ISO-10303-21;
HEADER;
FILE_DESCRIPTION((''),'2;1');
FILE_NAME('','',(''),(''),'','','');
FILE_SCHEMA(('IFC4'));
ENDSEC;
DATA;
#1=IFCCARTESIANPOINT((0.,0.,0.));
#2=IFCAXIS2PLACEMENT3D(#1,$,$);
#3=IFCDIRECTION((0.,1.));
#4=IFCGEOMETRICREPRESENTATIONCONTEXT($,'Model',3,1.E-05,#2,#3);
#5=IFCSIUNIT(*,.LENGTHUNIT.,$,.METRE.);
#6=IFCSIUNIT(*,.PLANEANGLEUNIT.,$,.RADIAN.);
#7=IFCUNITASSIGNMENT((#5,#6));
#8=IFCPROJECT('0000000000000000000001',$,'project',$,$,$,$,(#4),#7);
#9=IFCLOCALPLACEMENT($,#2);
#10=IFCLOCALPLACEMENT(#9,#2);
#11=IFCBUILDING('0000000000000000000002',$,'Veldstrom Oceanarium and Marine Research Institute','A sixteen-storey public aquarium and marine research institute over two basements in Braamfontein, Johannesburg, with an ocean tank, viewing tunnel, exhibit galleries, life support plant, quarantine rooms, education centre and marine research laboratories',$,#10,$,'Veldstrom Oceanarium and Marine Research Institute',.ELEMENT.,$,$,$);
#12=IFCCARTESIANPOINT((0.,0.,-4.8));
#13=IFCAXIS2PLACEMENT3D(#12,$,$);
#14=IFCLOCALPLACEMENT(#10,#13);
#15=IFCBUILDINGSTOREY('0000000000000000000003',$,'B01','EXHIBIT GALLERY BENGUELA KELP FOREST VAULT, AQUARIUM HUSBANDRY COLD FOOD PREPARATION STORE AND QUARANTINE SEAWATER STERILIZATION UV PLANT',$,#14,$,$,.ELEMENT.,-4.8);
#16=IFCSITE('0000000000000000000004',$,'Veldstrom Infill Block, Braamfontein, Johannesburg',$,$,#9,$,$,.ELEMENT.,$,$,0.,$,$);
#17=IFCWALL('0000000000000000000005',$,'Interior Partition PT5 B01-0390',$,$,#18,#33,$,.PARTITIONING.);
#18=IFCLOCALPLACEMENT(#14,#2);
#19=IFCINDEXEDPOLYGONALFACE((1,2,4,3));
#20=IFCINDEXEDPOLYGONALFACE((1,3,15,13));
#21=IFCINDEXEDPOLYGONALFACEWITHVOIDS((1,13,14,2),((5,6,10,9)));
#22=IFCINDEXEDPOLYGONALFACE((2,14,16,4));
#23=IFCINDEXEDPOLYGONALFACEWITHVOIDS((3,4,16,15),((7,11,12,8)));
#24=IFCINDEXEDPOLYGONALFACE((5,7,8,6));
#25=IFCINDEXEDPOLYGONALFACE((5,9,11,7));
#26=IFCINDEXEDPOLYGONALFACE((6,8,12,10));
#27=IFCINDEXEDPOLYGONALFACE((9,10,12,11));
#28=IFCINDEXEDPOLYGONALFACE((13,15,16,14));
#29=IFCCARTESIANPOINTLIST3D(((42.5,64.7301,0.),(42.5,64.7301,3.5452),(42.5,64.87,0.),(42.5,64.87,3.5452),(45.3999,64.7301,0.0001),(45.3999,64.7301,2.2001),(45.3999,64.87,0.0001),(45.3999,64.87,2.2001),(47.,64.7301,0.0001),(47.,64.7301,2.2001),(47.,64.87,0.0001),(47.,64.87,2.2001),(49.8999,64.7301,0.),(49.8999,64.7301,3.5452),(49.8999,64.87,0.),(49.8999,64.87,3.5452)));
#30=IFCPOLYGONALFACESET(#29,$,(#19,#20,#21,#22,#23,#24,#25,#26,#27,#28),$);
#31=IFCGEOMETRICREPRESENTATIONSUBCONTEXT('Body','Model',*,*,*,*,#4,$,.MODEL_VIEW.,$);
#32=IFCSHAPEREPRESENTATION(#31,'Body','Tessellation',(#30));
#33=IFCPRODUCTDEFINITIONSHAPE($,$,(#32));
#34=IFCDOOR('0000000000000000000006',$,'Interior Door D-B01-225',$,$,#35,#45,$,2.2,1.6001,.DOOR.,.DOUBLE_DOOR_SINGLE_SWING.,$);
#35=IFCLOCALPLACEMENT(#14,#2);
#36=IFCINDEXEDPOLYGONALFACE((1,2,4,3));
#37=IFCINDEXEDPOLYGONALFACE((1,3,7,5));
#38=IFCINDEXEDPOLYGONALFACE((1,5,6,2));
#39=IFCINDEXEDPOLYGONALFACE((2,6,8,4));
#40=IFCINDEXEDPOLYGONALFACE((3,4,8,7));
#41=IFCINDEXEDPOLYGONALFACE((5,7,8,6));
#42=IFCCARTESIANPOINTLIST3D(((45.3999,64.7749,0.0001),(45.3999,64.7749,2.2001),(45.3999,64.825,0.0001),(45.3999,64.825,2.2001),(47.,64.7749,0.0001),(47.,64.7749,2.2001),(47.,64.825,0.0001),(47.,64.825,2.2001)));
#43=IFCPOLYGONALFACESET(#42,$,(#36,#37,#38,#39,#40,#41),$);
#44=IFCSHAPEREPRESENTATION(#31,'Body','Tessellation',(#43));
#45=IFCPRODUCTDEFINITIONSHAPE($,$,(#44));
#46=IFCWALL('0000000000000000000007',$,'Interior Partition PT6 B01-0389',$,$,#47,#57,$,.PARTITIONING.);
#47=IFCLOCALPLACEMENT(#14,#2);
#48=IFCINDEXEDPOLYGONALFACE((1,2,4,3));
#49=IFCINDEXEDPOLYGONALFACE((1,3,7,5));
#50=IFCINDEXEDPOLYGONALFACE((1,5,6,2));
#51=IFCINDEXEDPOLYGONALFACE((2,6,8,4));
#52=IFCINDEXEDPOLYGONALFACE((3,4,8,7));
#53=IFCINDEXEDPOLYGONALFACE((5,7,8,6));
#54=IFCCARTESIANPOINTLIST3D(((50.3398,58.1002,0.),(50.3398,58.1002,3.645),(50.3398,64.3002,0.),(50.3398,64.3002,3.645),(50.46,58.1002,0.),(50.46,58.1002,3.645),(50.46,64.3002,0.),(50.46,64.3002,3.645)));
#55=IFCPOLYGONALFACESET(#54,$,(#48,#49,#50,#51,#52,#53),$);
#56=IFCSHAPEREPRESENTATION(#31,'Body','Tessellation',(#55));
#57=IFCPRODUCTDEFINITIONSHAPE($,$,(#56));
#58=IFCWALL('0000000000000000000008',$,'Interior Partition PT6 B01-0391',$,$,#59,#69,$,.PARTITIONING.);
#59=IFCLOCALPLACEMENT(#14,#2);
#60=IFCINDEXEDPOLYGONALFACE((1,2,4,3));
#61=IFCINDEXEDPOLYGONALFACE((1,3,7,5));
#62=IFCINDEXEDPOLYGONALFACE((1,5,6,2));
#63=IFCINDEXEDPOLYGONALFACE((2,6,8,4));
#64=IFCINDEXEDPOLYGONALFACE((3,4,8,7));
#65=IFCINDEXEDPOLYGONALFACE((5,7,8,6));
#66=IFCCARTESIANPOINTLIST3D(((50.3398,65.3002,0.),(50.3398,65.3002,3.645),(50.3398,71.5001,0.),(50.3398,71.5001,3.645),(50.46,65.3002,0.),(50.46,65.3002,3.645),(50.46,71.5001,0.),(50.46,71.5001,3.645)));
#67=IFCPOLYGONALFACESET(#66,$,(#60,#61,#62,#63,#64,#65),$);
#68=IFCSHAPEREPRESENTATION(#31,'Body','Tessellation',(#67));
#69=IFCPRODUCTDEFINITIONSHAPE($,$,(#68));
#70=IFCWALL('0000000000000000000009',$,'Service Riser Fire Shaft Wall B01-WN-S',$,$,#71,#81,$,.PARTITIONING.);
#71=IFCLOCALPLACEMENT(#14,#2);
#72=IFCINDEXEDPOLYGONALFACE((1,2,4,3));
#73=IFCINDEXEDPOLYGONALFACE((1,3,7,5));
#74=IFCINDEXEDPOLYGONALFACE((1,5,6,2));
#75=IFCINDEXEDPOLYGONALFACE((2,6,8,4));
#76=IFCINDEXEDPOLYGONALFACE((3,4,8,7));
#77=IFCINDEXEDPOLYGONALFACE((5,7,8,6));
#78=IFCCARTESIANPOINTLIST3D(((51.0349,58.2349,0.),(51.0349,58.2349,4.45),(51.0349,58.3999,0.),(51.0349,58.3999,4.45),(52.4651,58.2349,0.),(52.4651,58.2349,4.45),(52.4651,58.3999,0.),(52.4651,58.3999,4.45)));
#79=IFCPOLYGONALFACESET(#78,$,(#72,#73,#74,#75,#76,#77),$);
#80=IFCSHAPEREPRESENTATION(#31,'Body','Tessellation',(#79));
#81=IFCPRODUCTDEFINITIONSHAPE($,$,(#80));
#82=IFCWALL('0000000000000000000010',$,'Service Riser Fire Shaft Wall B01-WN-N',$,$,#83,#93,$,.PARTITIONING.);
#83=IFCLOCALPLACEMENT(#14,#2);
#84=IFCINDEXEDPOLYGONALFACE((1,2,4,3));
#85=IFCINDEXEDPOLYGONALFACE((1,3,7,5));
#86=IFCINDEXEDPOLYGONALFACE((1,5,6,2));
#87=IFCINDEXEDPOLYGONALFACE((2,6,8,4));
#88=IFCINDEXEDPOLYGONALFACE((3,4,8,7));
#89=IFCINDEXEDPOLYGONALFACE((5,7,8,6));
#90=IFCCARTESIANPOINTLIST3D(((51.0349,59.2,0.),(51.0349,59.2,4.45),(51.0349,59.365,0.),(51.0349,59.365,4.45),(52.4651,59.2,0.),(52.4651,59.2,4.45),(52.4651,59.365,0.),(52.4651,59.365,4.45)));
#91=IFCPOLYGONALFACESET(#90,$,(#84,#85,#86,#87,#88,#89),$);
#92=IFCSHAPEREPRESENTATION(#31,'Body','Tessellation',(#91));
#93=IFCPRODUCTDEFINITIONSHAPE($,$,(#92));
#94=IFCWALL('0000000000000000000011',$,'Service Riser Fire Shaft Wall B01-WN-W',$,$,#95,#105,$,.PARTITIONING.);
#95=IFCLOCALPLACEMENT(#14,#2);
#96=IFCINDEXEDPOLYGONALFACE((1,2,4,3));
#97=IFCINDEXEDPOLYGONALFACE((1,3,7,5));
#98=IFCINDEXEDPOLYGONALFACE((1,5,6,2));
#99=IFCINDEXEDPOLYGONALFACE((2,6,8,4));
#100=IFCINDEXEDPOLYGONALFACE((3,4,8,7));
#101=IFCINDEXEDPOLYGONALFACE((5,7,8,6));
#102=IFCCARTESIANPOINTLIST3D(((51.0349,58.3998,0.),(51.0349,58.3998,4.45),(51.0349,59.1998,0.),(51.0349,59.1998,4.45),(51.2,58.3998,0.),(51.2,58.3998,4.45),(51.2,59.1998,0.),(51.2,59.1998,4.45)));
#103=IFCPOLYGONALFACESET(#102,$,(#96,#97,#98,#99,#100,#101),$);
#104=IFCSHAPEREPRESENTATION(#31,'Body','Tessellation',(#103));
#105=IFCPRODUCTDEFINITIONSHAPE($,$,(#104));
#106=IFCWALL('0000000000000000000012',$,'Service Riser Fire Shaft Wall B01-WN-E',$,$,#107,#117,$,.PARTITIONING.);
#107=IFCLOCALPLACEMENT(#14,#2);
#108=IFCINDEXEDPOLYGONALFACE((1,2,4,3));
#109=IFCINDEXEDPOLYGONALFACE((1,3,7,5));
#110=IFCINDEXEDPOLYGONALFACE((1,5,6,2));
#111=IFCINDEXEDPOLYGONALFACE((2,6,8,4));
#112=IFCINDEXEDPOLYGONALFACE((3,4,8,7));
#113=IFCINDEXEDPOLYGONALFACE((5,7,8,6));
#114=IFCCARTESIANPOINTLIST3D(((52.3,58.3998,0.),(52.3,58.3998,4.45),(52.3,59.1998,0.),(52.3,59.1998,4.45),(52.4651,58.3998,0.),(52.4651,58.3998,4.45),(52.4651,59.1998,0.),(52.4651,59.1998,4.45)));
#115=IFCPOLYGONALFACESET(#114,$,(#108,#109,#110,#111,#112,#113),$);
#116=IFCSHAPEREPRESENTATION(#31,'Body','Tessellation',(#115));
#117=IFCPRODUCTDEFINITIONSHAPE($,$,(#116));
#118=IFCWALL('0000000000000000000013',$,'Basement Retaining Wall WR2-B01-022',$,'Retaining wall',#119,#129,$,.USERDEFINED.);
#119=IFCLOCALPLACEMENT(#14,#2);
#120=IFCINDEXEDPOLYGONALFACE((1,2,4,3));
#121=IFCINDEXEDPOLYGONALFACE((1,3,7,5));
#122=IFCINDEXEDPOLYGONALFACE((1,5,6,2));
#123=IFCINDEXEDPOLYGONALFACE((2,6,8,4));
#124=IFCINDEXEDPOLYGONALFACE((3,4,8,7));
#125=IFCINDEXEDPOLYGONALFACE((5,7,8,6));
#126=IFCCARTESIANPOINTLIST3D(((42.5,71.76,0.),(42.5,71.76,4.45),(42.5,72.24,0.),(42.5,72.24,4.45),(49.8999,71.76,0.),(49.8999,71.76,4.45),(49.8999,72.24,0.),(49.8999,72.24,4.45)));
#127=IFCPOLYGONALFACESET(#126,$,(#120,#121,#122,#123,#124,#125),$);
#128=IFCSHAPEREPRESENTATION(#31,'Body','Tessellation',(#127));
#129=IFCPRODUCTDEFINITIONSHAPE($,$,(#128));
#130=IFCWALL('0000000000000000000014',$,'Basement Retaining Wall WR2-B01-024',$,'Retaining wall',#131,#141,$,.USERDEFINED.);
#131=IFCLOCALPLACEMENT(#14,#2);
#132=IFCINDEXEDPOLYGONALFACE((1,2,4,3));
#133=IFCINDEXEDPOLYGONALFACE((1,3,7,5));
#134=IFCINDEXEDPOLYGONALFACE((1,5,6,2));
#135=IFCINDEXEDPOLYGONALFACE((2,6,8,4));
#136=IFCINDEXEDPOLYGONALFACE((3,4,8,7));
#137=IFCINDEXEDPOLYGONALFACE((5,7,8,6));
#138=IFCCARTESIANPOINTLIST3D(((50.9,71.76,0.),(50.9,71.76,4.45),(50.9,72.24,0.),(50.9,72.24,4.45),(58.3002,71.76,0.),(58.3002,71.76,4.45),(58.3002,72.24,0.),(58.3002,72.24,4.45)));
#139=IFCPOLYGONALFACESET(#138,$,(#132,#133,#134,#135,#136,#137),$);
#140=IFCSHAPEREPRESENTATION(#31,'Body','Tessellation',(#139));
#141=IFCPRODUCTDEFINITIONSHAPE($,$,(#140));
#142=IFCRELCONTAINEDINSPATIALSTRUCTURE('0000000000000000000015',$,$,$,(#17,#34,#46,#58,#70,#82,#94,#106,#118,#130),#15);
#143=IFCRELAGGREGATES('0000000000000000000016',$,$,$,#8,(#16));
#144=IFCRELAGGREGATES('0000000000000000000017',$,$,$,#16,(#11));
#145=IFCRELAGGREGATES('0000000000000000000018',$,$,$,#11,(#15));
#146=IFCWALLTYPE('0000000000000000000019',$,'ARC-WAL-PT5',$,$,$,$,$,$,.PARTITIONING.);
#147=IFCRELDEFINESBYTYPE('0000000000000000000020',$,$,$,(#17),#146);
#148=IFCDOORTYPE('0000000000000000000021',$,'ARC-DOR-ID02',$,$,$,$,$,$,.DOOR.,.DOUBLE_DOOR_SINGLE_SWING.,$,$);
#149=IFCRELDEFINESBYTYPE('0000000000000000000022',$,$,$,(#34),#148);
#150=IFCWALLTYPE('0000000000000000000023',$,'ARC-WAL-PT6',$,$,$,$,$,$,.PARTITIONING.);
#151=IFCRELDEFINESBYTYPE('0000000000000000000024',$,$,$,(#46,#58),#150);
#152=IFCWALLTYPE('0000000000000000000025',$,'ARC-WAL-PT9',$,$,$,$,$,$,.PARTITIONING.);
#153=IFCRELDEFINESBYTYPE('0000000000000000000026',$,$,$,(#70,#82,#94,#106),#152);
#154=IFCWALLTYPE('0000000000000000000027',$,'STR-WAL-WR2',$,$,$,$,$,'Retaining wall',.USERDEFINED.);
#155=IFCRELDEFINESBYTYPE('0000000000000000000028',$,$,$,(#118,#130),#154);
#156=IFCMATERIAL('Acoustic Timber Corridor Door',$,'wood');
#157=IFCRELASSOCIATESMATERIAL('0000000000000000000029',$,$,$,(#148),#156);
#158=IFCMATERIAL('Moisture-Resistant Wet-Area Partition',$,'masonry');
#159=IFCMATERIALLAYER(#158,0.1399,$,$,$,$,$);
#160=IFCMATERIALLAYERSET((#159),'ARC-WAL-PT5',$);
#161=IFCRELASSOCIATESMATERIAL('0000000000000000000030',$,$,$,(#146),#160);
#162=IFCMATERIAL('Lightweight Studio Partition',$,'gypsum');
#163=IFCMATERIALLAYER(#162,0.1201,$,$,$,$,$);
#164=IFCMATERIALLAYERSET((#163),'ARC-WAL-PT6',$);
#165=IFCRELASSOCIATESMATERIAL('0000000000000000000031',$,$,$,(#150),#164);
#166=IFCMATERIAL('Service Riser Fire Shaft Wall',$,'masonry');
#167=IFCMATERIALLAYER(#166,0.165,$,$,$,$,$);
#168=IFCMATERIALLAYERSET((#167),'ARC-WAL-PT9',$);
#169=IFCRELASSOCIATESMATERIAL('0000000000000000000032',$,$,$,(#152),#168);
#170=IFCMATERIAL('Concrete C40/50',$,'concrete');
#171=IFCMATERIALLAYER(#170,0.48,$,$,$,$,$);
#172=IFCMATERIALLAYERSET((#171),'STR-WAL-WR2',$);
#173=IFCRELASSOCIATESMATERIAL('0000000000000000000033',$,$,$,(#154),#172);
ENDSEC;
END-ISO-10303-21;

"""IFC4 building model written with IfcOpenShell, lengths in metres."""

from ifc_helpers import new_model, si_unit, direction, frame, frame_2d, origin, place, context, subcontext, project, spatial, rectangle, extrude, material, layer, layer_set, type_object, element, fill, save


model = new_model("IFC4")

# Units and contexts
model_context = context("Model", 3, precision=1e-05, world=origin(), true_north=direction((0.0, 1.0)))
body_context = subcontext(model_context, "Body", "Model", "MODEL_VIEW")
ifc_project = project(units=[si_unit("LENGTHUNIT", "METRE"), si_unit("PLANEANGLEUNIT", "RADIAN")], contexts=[model_context])

# Site, building, storey
site_placement = place(None, origin())
site = spatial("IfcSite", under=ifc_project, at=site_placement, Name="Veldstrom Infill Block, Braamfontein, Johannesburg", CompositionType="ELEMENT", RefElevation=0.0)
building_placement = place(site_placement, origin())
building = spatial("IfcBuilding", under=site, at=building_placement, Name="Veldstrom Oceanarium and Marine Research Institute", Description="A sixteen-storey public aquarium and marine research institute over two basements in Braamfontein, Johannesburg, with an ocean tank, viewing tunnel, exhibit galleries, life support plant, quarantine rooms, education centre and marine research laboratories", LongName="Veldstrom Oceanarium and Marine Research Institute", CompositionType="ELEMENT")
storey_placement = place(building_placement, frame((0.0, 0.0, -4.8)))
storey = spatial("IfcBuildingStorey", under=building, at=storey_placement, Name="B01", Description="EXHIBIT GALLERY BENGUELA KELP FOREST VAULT, AQUARIUM HUSBANDRY COLD FOOD PREPARATION STORE AND QUARANTINE SEAWATER STERILIZATION UV PLANT", CompositionType="ELEMENT", Elevation=-4.8)

# Wall, opening, door
ifc_material_1 = material(Name="Acoustic Timber Corridor Door", Category="wood")
door_type = type_object("IfcDoorType", Name="ARC-DOR-ID02", OperationType="DOUBLE_DOOR_SINGLE_SWING", PredefinedType="DOOR", material=ifc_material_1)
ifc_material_2 = material(Name="Moisture-Resistant Wet-Area Partition", Category="masonry")
ifc_layer_1 = layer(ifc_material_2, 0.1399)
ifc_layer_set_1 = layer_set([ifc_layer_1], Name="ARC-WAL-PT5")
wall_type_1 = type_object("IfcWallType", Name="ARC-WAL-PT5", PredefinedType="PARTITIONING", material=ifc_layer_set_1)
wall_1_placement = place(storey_placement, frame((42.5, 64.8, 0.0), z_axis=(0.0, 0.0, 1.0), x_axis=(1.0, 0.0, 0.0)))
wall_1 = element("IfcWall", 1, at=wall_1_placement, inside=storey, type_object=wall_type_1, Name="Interior Partition PT5 B01-0390", PredefinedType="PARTITIONING", context=body_context, shape_type="SweptSolid", body=[
    extrude(rectangle(XDim=7.3999, YDim=0.1399, at=frame_2d((3.7, 0.0))), origin(), (0.0, 0.0, 1.0), 3.5452),
])
opening_1_placement = place(wall_1_placement, frame((2.8999, 0.0, 0.0)))
opening_1 = element("IfcOpeningElement", 2, at=opening_1_placement, cuts=wall_1, PredefinedType="OPENING", context=body_context, shape_type="SweptSolid", body=[
    extrude(rectangle(XDim=1.6001, YDim=2.2, at=frame_2d((0.8, 1.1001))), frame((0.0, 0.0798, 0.0), z_axis=(0.0, -1.0, 0.0), x_axis=(1.0, 0.0, 0.0)), (0.0, 0.0, 1.0), 0.1599),
])
door_1_placement = place(opening_1_placement, origin())
door_1 = element("IfcDoor", 3, at=door_1_placement, inside=storey, type_object=door_type, Name="Interior Door D-B01-225", OperationType="DOUBLE_DOOR_SINGLE_SWING", OverallHeight=2.2, OverallWidth=1.6001, PredefinedType="DOOR", context=body_context, shape_type="SweptSolid", body=[
    extrude(rectangle(XDim=1.6001, YDim=2.2, at=frame_2d((0.8, 1.1001))), frame((0.0, 0.0249, 0.0), z_axis=(0.0, -1.0, 0.0), x_axis=(1.0, 0.0, 0.0)), (0.0, 0.0, 1.0), 0.05),
])
fill(opening_1, door_1)

# Walls
ifc_material_3 = material(Name="Lightweight Studio Partition", Category="gypsum")
ifc_layer_2 = layer(ifc_material_3, 0.1201)
ifc_layer_set_2 = layer_set([ifc_layer_2], Name="ARC-WAL-PT6")
wall_type_2 = type_object("IfcWallType", Name="ARC-WAL-PT6", PredefinedType="PARTITIONING", material=ifc_layer_set_2)
for number, where, z_axis, x_axis, name in (
    (4, (50.3999, 58.1001, 0.0), (0.0, 0.0, 1.0), (0.0, 1.0, 0.0), "Interior Partition PT6 B01-0389"),
    (5, (50.3999, 65.3, 0.0), (0.0, 0.0, 1.0), (0.0, 1.0, 0.0), "Interior Partition PT6 B01-0391"),
):
    element("IfcWall", number, at=place(storey_placement, frame(where, z_axis=z_axis, x_axis=x_axis)), inside=storey, type_object=wall_type_2, Name=name, PredefinedType="PARTITIONING", context=body_context, shape_type="SweptSolid", body=[
        extrude(rectangle(XDim=6.2, YDim=0.1201, at=frame_2d((3.1001, 0.0))), origin(), (0.0, 0.0, 1.0), 3.645),
    ])
ifc_material_4 = material(Name="Service Riser Fire Shaft Wall", Category="masonry")
ifc_layer_3 = layer(ifc_material_4, 0.165)
ifc_layer_set_3 = layer_set([ifc_layer_3], Name="ARC-WAL-PT9")
wall_type_3 = type_object("IfcWallType", Name="ARC-WAL-PT9", PredefinedType="PARTITIONING", material=ifc_layer_set_3)
for number, where, z_axis, x_axis, name in (
    (6, (51.0349, 58.3174, 0.0), (0.0, 0.0, 1.0), (1.0, 0.0, 0.0), "Service Riser Fire Shaft Wall B01-WN-S"),
    (7, (51.0349, 59.2825, 0.0), (0.0, 0.0, 1.0), (1.0, 0.0, 0.0), "Service Riser Fire Shaft Wall B01-WN-N"),
):
    element("IfcWall", number, at=place(storey_placement, frame(where, z_axis=z_axis, x_axis=x_axis)), inside=storey, type_object=wall_type_3, Name=name, PredefinedType="PARTITIONING", context=body_context, shape_type="SweptSolid", body=[
        extrude(rectangle(XDim=1.4302, YDim=0.165, at=frame_2d((0.7151, 0.0))), origin(), (0.0, 0.0, 1.0), 4.45),
    ])
for number, where, z_axis, x_axis, name in (
    (8, (51.1174, 58.3999, 0.0), (0.0, 0.0, 1.0), (0.0, 1.0, 0.0), "Service Riser Fire Shaft Wall B01-WN-W"),
    (9, (52.3826, 58.3999, 0.0), (0.0, 0.0, 1.0), (0.0, 1.0, 0.0), "Service Riser Fire Shaft Wall B01-WN-E"),
):
    element("IfcWall", number, at=place(storey_placement, frame(where, z_axis=z_axis, x_axis=x_axis)), inside=storey, type_object=wall_type_3, Name=name, PredefinedType="PARTITIONING", context=body_context, shape_type="SweptSolid", body=[
        extrude(rectangle(XDim=0.8, YDim=0.165, at=frame_2d((0.3999, 0.0))), origin(), (0.0, 0.0, 1.0), 4.45),
    ])
ifc_material_5 = material(Name="Concrete C40/50", Category="concrete")
ifc_layer_4 = layer(ifc_material_5, 0.48)
ifc_layer_set_4 = layer_set([ifc_layer_4], Name="STR-WAL-WR2")
wall_type_4 = type_object("IfcWallType", Name="STR-WAL-WR2", ElementType="Retaining wall", PredefinedType="USERDEFINED", material=ifc_layer_set_4)
wall_2_placement = place(storey_placement, frame((42.5, 72.0, 0.0), z_axis=(0.0, 0.0, 1.0), x_axis=(1.0, 0.0, 0.0)))
element("IfcWall", 10, at=wall_2_placement, inside=storey, type_object=wall_type_4, Name="Basement Retaining Wall WR2-B01-022", ObjectType="Retaining wall", PredefinedType="USERDEFINED", context=body_context, shape_type="SweptSolid", body=[
    extrude(rectangle(XDim=7.3999, YDim=0.48, at=frame_2d((3.7, 0.0))), origin(), (0.0, 0.0, 1.0), 4.45),
])
wall_3_placement = place(storey_placement, frame((50.8999, 72.0, 0.0), z_axis=(0.0, 0.0, 1.0), x_axis=(1.0, 0.0, 0.0)))
element("IfcWall", 11, at=wall_3_placement, inside=storey, type_object=wall_type_4, Name="Basement Retaining Wall WR2-B01-024", ObjectType="Retaining wall", PredefinedType="USERDEFINED", context=body_context, shape_type="SweptSolid", body=[
    extrude(rectangle(XDim=7.4001, YDim=0.48, at=frame_2d((3.7002, 0.0))), origin(), (0.0, 0.0, 1.0), 4.45),
])

save(model, "model.ifc")
